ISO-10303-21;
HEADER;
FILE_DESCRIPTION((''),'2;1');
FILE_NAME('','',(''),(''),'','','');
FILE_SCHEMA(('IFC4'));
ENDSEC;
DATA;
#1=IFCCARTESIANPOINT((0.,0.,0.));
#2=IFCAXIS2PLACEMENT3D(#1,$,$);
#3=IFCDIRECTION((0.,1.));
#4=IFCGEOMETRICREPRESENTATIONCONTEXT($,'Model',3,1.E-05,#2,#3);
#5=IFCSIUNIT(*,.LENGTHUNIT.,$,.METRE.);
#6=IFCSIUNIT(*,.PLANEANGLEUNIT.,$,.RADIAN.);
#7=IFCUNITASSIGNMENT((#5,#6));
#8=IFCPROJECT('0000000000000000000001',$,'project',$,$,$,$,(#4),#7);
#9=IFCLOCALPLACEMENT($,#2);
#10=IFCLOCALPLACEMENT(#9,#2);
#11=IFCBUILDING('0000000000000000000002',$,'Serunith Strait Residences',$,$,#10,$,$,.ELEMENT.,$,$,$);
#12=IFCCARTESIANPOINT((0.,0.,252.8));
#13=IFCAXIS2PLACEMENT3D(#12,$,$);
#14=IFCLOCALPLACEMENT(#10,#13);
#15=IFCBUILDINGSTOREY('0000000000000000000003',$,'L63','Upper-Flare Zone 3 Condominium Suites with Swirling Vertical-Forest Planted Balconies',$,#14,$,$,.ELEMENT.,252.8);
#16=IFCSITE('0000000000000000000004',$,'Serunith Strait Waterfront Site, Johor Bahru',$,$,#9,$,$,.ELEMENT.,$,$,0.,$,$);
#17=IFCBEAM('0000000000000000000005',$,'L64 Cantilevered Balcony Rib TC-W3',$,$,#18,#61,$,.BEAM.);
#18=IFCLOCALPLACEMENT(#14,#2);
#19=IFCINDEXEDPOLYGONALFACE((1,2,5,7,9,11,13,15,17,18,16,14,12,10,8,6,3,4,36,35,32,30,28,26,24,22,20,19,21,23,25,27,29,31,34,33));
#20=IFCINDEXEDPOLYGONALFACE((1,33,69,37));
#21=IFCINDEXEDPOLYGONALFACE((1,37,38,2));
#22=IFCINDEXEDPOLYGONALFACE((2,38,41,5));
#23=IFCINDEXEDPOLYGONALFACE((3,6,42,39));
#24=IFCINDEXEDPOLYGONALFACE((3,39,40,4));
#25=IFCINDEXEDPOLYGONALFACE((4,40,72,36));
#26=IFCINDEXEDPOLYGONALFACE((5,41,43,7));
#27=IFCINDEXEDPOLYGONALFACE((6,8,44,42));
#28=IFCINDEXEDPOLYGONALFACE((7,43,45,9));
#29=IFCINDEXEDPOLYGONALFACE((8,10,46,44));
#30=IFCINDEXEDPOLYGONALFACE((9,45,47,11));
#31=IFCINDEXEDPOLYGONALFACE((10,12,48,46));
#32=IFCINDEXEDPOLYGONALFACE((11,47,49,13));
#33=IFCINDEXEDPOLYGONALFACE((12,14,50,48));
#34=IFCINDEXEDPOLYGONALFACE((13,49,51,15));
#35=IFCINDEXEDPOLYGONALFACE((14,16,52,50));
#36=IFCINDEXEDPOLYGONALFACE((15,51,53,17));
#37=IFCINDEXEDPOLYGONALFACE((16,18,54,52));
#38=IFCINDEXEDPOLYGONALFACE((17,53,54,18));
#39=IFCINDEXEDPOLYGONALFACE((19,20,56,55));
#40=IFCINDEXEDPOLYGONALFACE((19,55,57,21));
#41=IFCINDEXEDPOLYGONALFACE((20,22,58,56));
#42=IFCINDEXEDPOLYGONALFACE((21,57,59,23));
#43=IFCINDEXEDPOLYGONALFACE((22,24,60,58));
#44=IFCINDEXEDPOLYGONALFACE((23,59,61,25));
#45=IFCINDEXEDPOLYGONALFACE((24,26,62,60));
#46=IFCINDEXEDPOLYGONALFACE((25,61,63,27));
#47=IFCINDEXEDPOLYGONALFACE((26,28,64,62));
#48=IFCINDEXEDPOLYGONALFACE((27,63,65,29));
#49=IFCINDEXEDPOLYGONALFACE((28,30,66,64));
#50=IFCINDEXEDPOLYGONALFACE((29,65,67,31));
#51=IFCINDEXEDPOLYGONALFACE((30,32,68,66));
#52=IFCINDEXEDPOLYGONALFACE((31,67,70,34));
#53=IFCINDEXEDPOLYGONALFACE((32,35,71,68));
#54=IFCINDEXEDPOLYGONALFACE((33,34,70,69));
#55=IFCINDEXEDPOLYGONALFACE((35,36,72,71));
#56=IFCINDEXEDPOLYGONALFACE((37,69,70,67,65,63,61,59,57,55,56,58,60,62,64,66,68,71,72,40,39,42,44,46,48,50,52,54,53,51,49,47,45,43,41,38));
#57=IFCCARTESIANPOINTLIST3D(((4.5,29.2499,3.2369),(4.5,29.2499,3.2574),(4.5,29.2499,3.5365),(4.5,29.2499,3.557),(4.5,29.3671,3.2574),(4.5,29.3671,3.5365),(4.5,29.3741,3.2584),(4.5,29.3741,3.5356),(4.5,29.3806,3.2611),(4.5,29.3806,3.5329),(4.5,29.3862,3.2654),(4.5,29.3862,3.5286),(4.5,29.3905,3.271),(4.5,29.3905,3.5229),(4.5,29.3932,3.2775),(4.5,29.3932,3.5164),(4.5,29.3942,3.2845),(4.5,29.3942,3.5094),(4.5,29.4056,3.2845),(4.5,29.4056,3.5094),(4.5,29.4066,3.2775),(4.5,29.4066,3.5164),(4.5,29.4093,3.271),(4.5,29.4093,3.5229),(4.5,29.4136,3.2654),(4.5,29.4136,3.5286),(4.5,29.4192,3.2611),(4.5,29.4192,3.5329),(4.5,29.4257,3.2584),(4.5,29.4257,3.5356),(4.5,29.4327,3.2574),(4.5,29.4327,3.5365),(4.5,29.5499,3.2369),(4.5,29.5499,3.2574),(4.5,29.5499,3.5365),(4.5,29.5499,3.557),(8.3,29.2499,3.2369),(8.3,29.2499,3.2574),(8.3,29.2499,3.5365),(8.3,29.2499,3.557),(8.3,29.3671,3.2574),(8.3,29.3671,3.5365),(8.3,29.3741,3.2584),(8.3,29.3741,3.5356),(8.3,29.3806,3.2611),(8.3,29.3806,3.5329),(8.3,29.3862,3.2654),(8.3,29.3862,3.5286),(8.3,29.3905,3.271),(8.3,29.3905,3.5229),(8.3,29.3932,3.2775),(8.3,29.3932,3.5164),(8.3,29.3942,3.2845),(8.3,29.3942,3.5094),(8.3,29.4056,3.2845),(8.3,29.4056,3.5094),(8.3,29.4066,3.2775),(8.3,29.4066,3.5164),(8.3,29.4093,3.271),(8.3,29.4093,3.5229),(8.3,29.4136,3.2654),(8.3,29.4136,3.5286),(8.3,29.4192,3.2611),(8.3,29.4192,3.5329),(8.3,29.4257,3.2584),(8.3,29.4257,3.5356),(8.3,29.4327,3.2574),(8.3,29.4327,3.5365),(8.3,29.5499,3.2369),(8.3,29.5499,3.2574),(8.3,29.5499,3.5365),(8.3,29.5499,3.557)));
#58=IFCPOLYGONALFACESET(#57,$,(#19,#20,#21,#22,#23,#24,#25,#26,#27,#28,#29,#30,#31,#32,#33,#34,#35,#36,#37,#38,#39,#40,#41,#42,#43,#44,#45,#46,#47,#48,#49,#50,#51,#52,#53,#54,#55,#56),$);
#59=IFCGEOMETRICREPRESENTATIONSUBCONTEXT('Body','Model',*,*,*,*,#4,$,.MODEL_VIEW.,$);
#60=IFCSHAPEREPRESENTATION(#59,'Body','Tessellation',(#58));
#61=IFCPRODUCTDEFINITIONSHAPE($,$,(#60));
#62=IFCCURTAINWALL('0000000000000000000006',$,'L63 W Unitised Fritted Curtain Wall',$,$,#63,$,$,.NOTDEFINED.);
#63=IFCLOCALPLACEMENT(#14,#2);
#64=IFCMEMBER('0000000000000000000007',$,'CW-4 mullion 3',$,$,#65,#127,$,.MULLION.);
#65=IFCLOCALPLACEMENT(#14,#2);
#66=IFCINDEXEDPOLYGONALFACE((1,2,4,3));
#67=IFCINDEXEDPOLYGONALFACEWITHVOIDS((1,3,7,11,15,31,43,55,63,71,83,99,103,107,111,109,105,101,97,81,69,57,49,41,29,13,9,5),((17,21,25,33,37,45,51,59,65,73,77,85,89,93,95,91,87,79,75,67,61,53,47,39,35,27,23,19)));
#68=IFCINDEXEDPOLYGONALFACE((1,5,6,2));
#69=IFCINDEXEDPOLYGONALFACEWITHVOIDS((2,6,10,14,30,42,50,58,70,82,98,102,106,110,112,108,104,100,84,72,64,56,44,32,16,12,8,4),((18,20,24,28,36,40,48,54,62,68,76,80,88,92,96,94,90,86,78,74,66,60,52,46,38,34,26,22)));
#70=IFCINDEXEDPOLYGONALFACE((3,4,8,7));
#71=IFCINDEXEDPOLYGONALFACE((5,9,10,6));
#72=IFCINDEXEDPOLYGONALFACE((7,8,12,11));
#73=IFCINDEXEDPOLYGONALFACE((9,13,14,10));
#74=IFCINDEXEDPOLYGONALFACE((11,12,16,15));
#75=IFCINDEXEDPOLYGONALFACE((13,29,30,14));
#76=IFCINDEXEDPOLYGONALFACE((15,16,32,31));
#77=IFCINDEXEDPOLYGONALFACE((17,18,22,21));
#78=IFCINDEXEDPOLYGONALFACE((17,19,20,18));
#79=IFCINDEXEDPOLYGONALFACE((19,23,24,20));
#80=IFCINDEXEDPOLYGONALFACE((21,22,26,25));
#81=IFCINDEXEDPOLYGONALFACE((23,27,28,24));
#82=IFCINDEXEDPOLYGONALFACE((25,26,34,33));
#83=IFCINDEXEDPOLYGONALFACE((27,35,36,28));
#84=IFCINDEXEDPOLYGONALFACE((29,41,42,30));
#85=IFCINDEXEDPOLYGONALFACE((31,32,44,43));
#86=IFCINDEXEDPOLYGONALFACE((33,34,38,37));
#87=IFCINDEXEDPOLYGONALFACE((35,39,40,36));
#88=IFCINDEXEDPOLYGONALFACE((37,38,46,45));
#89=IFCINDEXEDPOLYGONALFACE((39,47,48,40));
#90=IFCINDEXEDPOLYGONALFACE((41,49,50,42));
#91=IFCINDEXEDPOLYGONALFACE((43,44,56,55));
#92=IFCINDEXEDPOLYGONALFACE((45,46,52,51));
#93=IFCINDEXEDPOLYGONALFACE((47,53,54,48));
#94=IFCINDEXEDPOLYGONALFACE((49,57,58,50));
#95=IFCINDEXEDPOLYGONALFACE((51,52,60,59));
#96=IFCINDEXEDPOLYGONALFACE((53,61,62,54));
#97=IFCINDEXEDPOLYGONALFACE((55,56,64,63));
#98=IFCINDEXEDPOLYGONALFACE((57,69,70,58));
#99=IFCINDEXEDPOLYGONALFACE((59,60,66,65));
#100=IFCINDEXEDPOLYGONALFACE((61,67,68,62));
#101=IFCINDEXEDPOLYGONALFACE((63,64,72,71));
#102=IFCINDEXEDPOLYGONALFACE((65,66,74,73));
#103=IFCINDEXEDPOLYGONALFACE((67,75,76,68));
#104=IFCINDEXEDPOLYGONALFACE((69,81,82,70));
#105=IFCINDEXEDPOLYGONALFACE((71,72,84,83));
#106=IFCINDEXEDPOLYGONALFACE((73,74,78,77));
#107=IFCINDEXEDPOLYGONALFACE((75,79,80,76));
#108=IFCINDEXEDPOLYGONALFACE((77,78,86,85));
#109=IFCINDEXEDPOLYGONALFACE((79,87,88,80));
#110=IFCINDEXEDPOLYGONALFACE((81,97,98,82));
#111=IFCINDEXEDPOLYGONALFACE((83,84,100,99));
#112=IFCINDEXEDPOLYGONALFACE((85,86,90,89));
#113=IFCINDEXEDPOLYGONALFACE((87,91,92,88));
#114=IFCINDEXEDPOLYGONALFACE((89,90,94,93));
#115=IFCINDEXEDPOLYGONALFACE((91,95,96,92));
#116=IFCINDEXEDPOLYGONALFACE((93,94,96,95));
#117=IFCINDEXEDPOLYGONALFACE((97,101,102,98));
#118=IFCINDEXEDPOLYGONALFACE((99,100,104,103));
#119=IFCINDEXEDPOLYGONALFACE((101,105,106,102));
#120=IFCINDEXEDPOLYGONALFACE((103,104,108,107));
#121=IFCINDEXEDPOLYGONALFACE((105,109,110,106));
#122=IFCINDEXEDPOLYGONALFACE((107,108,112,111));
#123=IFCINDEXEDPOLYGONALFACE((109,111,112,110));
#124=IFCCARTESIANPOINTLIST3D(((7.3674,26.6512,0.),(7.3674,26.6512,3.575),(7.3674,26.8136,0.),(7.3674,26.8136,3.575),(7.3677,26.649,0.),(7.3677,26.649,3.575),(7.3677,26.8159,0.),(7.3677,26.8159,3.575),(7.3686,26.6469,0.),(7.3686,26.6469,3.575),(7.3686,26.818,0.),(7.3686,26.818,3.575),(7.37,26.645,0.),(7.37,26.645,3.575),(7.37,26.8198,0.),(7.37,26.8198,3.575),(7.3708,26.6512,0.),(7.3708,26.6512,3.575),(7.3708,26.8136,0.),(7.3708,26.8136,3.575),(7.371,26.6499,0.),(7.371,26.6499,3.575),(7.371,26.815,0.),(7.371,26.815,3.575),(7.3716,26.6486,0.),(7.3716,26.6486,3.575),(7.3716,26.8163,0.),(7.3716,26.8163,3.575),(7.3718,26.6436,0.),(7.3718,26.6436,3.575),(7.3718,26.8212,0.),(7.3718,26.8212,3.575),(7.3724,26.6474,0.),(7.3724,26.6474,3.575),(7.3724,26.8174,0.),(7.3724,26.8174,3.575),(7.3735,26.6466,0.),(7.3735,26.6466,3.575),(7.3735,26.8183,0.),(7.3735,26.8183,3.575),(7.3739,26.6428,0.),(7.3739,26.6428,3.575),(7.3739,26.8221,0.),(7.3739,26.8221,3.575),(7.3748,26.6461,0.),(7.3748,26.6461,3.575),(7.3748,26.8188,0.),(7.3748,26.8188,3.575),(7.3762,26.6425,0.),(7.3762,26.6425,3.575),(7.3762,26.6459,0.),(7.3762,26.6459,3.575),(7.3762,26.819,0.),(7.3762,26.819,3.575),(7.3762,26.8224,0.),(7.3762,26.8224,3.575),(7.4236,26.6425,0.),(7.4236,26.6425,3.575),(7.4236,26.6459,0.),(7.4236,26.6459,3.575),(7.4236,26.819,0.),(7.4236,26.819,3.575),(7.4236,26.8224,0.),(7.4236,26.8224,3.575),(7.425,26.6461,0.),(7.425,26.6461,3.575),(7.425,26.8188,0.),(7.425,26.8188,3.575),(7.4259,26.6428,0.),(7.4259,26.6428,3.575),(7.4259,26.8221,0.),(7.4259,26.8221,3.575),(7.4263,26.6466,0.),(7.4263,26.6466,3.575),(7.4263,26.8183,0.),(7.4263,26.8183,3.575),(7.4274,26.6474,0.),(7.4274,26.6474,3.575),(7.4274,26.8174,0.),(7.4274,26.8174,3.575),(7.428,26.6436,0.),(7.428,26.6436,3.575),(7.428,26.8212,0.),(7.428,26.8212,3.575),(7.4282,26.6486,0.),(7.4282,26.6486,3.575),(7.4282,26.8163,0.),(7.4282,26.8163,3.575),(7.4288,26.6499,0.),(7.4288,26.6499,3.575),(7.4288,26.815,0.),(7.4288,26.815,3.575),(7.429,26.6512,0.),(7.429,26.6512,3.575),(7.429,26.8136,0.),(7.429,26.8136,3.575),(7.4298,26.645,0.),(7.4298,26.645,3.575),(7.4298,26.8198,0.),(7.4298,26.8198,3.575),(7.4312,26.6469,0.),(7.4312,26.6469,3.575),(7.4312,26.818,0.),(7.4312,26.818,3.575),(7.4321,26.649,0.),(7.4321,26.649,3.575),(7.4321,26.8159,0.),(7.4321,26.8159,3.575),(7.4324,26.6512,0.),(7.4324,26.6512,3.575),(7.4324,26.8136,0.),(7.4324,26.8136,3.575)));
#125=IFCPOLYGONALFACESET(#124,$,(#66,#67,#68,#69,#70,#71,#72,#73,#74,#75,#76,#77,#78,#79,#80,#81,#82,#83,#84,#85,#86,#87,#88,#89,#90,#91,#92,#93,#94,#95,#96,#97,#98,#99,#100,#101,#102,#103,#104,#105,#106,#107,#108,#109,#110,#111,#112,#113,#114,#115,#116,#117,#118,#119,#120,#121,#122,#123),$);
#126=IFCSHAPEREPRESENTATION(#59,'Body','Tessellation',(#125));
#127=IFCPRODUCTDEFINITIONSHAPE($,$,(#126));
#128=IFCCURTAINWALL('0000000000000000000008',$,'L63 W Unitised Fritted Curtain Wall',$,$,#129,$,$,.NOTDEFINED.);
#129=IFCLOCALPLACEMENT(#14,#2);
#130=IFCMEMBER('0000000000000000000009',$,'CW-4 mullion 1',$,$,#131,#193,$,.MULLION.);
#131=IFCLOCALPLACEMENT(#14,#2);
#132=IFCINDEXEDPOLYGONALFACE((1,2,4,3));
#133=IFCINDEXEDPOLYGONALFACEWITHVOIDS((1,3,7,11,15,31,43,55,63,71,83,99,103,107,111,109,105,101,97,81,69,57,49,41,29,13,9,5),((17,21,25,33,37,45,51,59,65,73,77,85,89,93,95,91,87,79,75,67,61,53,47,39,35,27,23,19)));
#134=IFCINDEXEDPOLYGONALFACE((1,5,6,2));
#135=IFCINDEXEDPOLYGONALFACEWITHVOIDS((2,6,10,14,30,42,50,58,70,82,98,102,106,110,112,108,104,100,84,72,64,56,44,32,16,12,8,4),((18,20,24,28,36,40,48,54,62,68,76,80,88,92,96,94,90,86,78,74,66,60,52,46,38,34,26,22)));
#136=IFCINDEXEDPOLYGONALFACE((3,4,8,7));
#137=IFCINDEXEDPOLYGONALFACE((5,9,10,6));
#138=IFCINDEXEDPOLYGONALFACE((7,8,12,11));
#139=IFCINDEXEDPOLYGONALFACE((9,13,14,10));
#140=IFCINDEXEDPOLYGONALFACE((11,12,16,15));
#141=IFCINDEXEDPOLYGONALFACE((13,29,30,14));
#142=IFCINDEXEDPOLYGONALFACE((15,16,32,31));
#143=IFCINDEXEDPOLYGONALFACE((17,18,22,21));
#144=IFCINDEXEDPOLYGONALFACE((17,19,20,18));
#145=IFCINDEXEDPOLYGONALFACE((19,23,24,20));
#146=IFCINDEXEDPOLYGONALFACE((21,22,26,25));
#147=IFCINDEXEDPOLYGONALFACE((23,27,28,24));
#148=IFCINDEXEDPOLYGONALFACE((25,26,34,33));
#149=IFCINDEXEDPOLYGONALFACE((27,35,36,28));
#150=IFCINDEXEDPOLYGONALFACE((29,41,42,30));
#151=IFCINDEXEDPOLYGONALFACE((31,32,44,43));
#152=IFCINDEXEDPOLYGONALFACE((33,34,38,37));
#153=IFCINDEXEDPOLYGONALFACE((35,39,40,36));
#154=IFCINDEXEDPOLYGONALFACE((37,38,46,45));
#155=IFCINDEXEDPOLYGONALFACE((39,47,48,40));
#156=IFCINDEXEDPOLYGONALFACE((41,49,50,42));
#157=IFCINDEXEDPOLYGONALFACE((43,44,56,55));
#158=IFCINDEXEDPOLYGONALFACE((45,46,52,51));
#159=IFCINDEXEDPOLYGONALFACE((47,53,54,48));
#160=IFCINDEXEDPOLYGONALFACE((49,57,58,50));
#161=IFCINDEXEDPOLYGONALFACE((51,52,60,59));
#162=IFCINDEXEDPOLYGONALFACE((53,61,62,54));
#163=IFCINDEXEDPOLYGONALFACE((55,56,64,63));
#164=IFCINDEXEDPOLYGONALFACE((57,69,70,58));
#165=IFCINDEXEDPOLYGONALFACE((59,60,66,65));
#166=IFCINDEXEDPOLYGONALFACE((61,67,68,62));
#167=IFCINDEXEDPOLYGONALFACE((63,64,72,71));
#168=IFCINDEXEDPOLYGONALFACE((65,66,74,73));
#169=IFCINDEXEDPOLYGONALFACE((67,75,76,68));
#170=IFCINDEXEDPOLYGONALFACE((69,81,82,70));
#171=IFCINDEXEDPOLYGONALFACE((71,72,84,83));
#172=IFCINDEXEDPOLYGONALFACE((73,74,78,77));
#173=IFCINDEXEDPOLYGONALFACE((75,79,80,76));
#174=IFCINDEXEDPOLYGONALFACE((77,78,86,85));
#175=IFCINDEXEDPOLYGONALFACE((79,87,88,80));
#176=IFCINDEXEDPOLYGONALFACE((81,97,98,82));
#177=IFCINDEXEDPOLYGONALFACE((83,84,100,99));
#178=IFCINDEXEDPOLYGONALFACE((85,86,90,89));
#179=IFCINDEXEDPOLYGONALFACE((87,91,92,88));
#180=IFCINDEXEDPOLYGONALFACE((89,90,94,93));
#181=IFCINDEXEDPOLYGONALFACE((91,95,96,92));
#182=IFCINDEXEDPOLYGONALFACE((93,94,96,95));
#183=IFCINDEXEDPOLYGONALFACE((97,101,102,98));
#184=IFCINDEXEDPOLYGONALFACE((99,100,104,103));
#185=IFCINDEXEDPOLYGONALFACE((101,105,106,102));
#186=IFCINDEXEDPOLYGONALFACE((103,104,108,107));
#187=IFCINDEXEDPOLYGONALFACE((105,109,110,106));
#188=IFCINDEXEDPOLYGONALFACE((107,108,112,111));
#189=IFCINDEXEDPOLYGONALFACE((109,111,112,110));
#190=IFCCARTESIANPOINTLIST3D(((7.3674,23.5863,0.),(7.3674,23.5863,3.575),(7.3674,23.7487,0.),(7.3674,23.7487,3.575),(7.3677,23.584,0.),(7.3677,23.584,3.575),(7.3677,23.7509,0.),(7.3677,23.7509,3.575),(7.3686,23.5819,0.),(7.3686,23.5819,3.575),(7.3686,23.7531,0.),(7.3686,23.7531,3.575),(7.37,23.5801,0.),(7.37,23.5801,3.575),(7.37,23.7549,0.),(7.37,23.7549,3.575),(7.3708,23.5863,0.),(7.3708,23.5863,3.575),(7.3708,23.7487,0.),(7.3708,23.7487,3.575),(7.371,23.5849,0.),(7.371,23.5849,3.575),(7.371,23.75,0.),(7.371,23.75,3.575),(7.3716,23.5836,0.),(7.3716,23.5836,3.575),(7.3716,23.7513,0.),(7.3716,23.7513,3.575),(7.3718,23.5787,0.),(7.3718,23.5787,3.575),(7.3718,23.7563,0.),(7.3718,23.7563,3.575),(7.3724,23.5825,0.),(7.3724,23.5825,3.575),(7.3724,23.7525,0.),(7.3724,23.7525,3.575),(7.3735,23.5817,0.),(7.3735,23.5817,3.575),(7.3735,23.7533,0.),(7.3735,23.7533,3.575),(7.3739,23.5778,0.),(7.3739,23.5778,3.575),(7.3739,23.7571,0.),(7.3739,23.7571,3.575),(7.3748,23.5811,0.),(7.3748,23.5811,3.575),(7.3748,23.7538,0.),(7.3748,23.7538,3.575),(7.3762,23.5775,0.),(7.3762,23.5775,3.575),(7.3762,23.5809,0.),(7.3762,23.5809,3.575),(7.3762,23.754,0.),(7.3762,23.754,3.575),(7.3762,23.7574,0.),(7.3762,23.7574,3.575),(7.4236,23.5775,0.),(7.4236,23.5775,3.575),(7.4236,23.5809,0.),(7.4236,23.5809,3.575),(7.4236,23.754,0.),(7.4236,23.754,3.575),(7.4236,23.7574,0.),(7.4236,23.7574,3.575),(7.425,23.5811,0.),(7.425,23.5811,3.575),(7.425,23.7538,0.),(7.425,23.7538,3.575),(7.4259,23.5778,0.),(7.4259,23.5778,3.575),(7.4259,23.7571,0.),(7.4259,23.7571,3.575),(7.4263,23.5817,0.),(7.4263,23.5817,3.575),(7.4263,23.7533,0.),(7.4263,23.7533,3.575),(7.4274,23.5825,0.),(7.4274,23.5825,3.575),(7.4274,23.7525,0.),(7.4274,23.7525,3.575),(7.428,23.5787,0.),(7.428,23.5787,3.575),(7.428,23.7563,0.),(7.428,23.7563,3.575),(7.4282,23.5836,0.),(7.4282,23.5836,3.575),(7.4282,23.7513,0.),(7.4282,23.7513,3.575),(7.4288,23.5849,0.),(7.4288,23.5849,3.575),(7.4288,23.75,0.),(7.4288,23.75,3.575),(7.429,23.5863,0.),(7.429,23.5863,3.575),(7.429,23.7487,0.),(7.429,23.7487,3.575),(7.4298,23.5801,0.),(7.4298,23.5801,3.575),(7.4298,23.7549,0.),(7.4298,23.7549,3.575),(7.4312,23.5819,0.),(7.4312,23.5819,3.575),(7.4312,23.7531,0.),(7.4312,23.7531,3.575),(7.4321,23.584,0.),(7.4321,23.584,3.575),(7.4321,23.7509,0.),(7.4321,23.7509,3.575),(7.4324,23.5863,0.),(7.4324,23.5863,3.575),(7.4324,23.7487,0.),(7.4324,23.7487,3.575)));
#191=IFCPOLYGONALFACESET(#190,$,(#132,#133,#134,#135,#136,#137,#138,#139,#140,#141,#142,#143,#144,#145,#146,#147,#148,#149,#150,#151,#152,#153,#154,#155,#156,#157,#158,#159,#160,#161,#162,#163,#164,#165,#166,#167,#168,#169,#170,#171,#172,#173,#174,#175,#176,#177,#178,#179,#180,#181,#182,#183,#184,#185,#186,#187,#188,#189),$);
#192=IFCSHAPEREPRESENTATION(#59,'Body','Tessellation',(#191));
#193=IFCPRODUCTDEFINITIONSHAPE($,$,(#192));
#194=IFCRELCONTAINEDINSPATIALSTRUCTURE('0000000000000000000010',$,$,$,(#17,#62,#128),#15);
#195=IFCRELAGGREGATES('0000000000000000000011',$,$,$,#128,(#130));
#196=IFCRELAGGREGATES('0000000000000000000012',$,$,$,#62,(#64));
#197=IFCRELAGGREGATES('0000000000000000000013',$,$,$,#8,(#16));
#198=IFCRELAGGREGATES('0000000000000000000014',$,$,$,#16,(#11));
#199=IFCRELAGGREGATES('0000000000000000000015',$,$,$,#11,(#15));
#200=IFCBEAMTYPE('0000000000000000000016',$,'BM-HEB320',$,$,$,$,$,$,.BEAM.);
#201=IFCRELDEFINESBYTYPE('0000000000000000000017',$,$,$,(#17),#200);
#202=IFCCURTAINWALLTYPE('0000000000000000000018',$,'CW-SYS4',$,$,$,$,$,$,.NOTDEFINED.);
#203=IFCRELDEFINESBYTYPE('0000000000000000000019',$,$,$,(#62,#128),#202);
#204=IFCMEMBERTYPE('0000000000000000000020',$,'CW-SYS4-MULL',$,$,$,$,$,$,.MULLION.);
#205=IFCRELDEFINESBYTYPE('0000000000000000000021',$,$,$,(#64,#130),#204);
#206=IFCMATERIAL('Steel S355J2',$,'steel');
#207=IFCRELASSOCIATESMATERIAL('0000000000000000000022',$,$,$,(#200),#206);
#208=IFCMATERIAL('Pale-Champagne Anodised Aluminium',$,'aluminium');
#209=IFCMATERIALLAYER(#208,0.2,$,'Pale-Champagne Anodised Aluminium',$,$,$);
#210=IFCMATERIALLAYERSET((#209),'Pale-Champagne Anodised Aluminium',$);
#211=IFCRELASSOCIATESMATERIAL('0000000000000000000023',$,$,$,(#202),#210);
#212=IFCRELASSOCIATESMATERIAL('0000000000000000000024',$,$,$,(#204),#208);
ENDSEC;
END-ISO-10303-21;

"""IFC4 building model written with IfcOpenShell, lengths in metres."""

from ifc_helpers import new_model, si_unit, direction, frame, origin, origin_2d, place, context, subcontext, project, spatial, hollow_rectangle, i_section, extrude, source, transform, mapped, material, layer, layer_set, material_profile, profile_set, type_object, element, aggregate, save


model = new_model("IFC4")

# Units and contexts
model_context = context("Model", 3, precision=1e-05, world=origin(), true_north=direction((0.0, 1.0)))
body_context = subcontext(model_context, "Body", "Model", "MODEL_VIEW")
ifc_project = project(units=[si_unit("LENGTHUNIT", "METRE"), si_unit("PLANEANGLEUNIT", "RADIAN")], contexts=[model_context])

# Site, building, storey
site_placement = place(None, origin())
site = spatial("IfcSite", under=ifc_project, at=site_placement, Name="Serunith Strait Waterfront Site, Johor Bahru", CompositionType="ELEMENT", RefElevation=0.0)
building_placement = place(site_placement, origin())
building = spatial("IfcBuilding", under=site, at=building_placement, Name="Serunith Strait Residences", CompositionType="ELEMENT")
storey_placement = place(building_placement, frame((0.0, 0.0, 252.8)))
storey = spatial("IfcBuildingStorey", under=building, at=storey_placement, Name="L63", Description="Upper-Flare Zone 3 Condominium Suites with Swirling Vertical-Forest Planted Balconies", CompositionType="ELEMENT", Elevation=252.8)

# Beam
ifc_material_1 = material(Name="Steel S355J2", Category="steel")
ifc_material_profile_1 = material_profile(ifc_material_1, i_section(OverallWidth=0.3, OverallDepth=0.3201, WebThickness=0.0115, FlangeThickness=0.0205, FilletRadius=0.0271, at=origin_2d()), Name="HEB 320")
ifc_profile_set_1 = profile_set([ifc_material_profile_1], Name="Steel S355J2")
beam_type_1 = type_object("IfcBeamType", Name="BM-HEB320", PredefinedType="BEAM", material=ifc_profile_set_1)
shared_shape_1 = source(origin(), body_context, "Body", "SweptSolid", [
    extrude(i_section(OverallWidth=0.3, OverallDepth=0.3201, WebThickness=0.0115, FlangeThickness=0.0205, FilletRadius=0.0271, at=origin_2d()), origin(), (0.0, 0.0, 1.0), 3.8),
])
beam_1_placement = place(storey_placement, frame((8.3, 29.3999, 3.397), z_axis=(-1.0, 0.0, 0.0), x_axis=(0.0, -1.0, 0.0)))
element("IfcBeam", 1, at=beam_1_placement, inside=storey, type_object=beam_type_1, Name="L64 Cantilevered Balcony Rib TC-W3", PredefinedType="BEAM", context=body_context, shape_type="MappedRepresentation", body=[
    mapped(shared_shape_1, transform((0.0, 0.0, 0.0), scale=1.0)),
])

# Curtain walls, members
ifc_material_2 = material(Name="Pale-Champagne Anodised Aluminium", Category="aluminium")
ifc_layer_1 = layer(ifc_material_2, 0.2, Name="Pale-Champagne Anodised Aluminium")
ifc_layer_set_1 = layer_set([ifc_layer_1], Name="Pale-Champagne Anodised Aluminium")
curtain_wall_type = type_object("IfcCurtainWallType", Name="CW-SYS4", PredefinedType="NOTDEFINED", material=ifc_layer_set_1)
curtain_wall_1_placement = place(storey_placement, origin())
curtain_wall_1 = element("IfcCurtainWall", 2, at=curtain_wall_1_placement, inside=storey, type_object=curtain_wall_type, Name="L63 W Unitised Fritted Curtain Wall", PredefinedType="NOTDEFINED")
ifc_material_profile_2 = material_profile(ifc_material_2, hollow_rectangle(XDim=0.0649, YDim=0.1799, WallThickness=0.0034, InnerFilletRadius=0.0054, OuterFilletRadius=0.0088, at=origin_2d()), Name="ALU 180x65x3.5")
ifc_profile_set_2 = profile_set([ifc_material_profile_2], Name="Pale-Champagne Anodised Aluminium")
member_type_1 = type_object("IfcMemberType", Name="CW-SYS4-MULL", PredefinedType="MULLION", material=ifc_profile_set_2)
shared_shape_2 = source(origin(), body_context, "Body", "SweptSolid", [
    extrude(hollow_rectangle(XDim=0.0649, YDim=0.1799, WallThickness=0.0034, InnerFilletRadius=0.0054, OuterFilletRadius=0.0088, at=origin_2d()), origin(), (0.0, 0.0, 1.0), 3.575),
])
member_1_placement = place(storey_placement, frame((7.3999, 26.7324, 0.0), z_axis=(0.0, 0.0, 1.0), x_axis=(1.0, 0.0, 0.0)))
member_1 = element("IfcMember", 3, at=member_1_placement, type_object=member_type_1, Name="CW-4 mullion 3", PredefinedType="MULLION", context=body_context, shape_type="MappedRepresentation", body=[
    mapped(shared_shape_2, transform((0.0, 0.0, 0.0), scale=1.0)),
])
curtain_wall_2_placement = place(storey_placement, origin())
curtain_wall_2 = element("IfcCurtainWall", 4, at=curtain_wall_2_placement, inside=storey, type_object=curtain_wall_type, Name="L63 W Unitised Fritted Curtain Wall", PredefinedType="NOTDEFINED")
member_2_placement = place(storey_placement, frame((7.3999, 23.6675, 0.0), z_axis=(0.0, 0.0, 1.0), x_axis=(1.0, 0.0, 0.0)))
member_2 = element("IfcMember", 5, at=member_2_placement, type_object=member_type_1, Name="CW-4 mullion 1", PredefinedType="MULLION", context=body_context, shape_type="MappedRepresentation", body=[
    mapped(shared_shape_2, transform((0.0, 0.0, 0.0), scale=1.0)),
])
aggregate(curtain_wall_2, [member_2])

aggregate(curtain_wall_1, [member_1])

save(model, "model.ifc")
